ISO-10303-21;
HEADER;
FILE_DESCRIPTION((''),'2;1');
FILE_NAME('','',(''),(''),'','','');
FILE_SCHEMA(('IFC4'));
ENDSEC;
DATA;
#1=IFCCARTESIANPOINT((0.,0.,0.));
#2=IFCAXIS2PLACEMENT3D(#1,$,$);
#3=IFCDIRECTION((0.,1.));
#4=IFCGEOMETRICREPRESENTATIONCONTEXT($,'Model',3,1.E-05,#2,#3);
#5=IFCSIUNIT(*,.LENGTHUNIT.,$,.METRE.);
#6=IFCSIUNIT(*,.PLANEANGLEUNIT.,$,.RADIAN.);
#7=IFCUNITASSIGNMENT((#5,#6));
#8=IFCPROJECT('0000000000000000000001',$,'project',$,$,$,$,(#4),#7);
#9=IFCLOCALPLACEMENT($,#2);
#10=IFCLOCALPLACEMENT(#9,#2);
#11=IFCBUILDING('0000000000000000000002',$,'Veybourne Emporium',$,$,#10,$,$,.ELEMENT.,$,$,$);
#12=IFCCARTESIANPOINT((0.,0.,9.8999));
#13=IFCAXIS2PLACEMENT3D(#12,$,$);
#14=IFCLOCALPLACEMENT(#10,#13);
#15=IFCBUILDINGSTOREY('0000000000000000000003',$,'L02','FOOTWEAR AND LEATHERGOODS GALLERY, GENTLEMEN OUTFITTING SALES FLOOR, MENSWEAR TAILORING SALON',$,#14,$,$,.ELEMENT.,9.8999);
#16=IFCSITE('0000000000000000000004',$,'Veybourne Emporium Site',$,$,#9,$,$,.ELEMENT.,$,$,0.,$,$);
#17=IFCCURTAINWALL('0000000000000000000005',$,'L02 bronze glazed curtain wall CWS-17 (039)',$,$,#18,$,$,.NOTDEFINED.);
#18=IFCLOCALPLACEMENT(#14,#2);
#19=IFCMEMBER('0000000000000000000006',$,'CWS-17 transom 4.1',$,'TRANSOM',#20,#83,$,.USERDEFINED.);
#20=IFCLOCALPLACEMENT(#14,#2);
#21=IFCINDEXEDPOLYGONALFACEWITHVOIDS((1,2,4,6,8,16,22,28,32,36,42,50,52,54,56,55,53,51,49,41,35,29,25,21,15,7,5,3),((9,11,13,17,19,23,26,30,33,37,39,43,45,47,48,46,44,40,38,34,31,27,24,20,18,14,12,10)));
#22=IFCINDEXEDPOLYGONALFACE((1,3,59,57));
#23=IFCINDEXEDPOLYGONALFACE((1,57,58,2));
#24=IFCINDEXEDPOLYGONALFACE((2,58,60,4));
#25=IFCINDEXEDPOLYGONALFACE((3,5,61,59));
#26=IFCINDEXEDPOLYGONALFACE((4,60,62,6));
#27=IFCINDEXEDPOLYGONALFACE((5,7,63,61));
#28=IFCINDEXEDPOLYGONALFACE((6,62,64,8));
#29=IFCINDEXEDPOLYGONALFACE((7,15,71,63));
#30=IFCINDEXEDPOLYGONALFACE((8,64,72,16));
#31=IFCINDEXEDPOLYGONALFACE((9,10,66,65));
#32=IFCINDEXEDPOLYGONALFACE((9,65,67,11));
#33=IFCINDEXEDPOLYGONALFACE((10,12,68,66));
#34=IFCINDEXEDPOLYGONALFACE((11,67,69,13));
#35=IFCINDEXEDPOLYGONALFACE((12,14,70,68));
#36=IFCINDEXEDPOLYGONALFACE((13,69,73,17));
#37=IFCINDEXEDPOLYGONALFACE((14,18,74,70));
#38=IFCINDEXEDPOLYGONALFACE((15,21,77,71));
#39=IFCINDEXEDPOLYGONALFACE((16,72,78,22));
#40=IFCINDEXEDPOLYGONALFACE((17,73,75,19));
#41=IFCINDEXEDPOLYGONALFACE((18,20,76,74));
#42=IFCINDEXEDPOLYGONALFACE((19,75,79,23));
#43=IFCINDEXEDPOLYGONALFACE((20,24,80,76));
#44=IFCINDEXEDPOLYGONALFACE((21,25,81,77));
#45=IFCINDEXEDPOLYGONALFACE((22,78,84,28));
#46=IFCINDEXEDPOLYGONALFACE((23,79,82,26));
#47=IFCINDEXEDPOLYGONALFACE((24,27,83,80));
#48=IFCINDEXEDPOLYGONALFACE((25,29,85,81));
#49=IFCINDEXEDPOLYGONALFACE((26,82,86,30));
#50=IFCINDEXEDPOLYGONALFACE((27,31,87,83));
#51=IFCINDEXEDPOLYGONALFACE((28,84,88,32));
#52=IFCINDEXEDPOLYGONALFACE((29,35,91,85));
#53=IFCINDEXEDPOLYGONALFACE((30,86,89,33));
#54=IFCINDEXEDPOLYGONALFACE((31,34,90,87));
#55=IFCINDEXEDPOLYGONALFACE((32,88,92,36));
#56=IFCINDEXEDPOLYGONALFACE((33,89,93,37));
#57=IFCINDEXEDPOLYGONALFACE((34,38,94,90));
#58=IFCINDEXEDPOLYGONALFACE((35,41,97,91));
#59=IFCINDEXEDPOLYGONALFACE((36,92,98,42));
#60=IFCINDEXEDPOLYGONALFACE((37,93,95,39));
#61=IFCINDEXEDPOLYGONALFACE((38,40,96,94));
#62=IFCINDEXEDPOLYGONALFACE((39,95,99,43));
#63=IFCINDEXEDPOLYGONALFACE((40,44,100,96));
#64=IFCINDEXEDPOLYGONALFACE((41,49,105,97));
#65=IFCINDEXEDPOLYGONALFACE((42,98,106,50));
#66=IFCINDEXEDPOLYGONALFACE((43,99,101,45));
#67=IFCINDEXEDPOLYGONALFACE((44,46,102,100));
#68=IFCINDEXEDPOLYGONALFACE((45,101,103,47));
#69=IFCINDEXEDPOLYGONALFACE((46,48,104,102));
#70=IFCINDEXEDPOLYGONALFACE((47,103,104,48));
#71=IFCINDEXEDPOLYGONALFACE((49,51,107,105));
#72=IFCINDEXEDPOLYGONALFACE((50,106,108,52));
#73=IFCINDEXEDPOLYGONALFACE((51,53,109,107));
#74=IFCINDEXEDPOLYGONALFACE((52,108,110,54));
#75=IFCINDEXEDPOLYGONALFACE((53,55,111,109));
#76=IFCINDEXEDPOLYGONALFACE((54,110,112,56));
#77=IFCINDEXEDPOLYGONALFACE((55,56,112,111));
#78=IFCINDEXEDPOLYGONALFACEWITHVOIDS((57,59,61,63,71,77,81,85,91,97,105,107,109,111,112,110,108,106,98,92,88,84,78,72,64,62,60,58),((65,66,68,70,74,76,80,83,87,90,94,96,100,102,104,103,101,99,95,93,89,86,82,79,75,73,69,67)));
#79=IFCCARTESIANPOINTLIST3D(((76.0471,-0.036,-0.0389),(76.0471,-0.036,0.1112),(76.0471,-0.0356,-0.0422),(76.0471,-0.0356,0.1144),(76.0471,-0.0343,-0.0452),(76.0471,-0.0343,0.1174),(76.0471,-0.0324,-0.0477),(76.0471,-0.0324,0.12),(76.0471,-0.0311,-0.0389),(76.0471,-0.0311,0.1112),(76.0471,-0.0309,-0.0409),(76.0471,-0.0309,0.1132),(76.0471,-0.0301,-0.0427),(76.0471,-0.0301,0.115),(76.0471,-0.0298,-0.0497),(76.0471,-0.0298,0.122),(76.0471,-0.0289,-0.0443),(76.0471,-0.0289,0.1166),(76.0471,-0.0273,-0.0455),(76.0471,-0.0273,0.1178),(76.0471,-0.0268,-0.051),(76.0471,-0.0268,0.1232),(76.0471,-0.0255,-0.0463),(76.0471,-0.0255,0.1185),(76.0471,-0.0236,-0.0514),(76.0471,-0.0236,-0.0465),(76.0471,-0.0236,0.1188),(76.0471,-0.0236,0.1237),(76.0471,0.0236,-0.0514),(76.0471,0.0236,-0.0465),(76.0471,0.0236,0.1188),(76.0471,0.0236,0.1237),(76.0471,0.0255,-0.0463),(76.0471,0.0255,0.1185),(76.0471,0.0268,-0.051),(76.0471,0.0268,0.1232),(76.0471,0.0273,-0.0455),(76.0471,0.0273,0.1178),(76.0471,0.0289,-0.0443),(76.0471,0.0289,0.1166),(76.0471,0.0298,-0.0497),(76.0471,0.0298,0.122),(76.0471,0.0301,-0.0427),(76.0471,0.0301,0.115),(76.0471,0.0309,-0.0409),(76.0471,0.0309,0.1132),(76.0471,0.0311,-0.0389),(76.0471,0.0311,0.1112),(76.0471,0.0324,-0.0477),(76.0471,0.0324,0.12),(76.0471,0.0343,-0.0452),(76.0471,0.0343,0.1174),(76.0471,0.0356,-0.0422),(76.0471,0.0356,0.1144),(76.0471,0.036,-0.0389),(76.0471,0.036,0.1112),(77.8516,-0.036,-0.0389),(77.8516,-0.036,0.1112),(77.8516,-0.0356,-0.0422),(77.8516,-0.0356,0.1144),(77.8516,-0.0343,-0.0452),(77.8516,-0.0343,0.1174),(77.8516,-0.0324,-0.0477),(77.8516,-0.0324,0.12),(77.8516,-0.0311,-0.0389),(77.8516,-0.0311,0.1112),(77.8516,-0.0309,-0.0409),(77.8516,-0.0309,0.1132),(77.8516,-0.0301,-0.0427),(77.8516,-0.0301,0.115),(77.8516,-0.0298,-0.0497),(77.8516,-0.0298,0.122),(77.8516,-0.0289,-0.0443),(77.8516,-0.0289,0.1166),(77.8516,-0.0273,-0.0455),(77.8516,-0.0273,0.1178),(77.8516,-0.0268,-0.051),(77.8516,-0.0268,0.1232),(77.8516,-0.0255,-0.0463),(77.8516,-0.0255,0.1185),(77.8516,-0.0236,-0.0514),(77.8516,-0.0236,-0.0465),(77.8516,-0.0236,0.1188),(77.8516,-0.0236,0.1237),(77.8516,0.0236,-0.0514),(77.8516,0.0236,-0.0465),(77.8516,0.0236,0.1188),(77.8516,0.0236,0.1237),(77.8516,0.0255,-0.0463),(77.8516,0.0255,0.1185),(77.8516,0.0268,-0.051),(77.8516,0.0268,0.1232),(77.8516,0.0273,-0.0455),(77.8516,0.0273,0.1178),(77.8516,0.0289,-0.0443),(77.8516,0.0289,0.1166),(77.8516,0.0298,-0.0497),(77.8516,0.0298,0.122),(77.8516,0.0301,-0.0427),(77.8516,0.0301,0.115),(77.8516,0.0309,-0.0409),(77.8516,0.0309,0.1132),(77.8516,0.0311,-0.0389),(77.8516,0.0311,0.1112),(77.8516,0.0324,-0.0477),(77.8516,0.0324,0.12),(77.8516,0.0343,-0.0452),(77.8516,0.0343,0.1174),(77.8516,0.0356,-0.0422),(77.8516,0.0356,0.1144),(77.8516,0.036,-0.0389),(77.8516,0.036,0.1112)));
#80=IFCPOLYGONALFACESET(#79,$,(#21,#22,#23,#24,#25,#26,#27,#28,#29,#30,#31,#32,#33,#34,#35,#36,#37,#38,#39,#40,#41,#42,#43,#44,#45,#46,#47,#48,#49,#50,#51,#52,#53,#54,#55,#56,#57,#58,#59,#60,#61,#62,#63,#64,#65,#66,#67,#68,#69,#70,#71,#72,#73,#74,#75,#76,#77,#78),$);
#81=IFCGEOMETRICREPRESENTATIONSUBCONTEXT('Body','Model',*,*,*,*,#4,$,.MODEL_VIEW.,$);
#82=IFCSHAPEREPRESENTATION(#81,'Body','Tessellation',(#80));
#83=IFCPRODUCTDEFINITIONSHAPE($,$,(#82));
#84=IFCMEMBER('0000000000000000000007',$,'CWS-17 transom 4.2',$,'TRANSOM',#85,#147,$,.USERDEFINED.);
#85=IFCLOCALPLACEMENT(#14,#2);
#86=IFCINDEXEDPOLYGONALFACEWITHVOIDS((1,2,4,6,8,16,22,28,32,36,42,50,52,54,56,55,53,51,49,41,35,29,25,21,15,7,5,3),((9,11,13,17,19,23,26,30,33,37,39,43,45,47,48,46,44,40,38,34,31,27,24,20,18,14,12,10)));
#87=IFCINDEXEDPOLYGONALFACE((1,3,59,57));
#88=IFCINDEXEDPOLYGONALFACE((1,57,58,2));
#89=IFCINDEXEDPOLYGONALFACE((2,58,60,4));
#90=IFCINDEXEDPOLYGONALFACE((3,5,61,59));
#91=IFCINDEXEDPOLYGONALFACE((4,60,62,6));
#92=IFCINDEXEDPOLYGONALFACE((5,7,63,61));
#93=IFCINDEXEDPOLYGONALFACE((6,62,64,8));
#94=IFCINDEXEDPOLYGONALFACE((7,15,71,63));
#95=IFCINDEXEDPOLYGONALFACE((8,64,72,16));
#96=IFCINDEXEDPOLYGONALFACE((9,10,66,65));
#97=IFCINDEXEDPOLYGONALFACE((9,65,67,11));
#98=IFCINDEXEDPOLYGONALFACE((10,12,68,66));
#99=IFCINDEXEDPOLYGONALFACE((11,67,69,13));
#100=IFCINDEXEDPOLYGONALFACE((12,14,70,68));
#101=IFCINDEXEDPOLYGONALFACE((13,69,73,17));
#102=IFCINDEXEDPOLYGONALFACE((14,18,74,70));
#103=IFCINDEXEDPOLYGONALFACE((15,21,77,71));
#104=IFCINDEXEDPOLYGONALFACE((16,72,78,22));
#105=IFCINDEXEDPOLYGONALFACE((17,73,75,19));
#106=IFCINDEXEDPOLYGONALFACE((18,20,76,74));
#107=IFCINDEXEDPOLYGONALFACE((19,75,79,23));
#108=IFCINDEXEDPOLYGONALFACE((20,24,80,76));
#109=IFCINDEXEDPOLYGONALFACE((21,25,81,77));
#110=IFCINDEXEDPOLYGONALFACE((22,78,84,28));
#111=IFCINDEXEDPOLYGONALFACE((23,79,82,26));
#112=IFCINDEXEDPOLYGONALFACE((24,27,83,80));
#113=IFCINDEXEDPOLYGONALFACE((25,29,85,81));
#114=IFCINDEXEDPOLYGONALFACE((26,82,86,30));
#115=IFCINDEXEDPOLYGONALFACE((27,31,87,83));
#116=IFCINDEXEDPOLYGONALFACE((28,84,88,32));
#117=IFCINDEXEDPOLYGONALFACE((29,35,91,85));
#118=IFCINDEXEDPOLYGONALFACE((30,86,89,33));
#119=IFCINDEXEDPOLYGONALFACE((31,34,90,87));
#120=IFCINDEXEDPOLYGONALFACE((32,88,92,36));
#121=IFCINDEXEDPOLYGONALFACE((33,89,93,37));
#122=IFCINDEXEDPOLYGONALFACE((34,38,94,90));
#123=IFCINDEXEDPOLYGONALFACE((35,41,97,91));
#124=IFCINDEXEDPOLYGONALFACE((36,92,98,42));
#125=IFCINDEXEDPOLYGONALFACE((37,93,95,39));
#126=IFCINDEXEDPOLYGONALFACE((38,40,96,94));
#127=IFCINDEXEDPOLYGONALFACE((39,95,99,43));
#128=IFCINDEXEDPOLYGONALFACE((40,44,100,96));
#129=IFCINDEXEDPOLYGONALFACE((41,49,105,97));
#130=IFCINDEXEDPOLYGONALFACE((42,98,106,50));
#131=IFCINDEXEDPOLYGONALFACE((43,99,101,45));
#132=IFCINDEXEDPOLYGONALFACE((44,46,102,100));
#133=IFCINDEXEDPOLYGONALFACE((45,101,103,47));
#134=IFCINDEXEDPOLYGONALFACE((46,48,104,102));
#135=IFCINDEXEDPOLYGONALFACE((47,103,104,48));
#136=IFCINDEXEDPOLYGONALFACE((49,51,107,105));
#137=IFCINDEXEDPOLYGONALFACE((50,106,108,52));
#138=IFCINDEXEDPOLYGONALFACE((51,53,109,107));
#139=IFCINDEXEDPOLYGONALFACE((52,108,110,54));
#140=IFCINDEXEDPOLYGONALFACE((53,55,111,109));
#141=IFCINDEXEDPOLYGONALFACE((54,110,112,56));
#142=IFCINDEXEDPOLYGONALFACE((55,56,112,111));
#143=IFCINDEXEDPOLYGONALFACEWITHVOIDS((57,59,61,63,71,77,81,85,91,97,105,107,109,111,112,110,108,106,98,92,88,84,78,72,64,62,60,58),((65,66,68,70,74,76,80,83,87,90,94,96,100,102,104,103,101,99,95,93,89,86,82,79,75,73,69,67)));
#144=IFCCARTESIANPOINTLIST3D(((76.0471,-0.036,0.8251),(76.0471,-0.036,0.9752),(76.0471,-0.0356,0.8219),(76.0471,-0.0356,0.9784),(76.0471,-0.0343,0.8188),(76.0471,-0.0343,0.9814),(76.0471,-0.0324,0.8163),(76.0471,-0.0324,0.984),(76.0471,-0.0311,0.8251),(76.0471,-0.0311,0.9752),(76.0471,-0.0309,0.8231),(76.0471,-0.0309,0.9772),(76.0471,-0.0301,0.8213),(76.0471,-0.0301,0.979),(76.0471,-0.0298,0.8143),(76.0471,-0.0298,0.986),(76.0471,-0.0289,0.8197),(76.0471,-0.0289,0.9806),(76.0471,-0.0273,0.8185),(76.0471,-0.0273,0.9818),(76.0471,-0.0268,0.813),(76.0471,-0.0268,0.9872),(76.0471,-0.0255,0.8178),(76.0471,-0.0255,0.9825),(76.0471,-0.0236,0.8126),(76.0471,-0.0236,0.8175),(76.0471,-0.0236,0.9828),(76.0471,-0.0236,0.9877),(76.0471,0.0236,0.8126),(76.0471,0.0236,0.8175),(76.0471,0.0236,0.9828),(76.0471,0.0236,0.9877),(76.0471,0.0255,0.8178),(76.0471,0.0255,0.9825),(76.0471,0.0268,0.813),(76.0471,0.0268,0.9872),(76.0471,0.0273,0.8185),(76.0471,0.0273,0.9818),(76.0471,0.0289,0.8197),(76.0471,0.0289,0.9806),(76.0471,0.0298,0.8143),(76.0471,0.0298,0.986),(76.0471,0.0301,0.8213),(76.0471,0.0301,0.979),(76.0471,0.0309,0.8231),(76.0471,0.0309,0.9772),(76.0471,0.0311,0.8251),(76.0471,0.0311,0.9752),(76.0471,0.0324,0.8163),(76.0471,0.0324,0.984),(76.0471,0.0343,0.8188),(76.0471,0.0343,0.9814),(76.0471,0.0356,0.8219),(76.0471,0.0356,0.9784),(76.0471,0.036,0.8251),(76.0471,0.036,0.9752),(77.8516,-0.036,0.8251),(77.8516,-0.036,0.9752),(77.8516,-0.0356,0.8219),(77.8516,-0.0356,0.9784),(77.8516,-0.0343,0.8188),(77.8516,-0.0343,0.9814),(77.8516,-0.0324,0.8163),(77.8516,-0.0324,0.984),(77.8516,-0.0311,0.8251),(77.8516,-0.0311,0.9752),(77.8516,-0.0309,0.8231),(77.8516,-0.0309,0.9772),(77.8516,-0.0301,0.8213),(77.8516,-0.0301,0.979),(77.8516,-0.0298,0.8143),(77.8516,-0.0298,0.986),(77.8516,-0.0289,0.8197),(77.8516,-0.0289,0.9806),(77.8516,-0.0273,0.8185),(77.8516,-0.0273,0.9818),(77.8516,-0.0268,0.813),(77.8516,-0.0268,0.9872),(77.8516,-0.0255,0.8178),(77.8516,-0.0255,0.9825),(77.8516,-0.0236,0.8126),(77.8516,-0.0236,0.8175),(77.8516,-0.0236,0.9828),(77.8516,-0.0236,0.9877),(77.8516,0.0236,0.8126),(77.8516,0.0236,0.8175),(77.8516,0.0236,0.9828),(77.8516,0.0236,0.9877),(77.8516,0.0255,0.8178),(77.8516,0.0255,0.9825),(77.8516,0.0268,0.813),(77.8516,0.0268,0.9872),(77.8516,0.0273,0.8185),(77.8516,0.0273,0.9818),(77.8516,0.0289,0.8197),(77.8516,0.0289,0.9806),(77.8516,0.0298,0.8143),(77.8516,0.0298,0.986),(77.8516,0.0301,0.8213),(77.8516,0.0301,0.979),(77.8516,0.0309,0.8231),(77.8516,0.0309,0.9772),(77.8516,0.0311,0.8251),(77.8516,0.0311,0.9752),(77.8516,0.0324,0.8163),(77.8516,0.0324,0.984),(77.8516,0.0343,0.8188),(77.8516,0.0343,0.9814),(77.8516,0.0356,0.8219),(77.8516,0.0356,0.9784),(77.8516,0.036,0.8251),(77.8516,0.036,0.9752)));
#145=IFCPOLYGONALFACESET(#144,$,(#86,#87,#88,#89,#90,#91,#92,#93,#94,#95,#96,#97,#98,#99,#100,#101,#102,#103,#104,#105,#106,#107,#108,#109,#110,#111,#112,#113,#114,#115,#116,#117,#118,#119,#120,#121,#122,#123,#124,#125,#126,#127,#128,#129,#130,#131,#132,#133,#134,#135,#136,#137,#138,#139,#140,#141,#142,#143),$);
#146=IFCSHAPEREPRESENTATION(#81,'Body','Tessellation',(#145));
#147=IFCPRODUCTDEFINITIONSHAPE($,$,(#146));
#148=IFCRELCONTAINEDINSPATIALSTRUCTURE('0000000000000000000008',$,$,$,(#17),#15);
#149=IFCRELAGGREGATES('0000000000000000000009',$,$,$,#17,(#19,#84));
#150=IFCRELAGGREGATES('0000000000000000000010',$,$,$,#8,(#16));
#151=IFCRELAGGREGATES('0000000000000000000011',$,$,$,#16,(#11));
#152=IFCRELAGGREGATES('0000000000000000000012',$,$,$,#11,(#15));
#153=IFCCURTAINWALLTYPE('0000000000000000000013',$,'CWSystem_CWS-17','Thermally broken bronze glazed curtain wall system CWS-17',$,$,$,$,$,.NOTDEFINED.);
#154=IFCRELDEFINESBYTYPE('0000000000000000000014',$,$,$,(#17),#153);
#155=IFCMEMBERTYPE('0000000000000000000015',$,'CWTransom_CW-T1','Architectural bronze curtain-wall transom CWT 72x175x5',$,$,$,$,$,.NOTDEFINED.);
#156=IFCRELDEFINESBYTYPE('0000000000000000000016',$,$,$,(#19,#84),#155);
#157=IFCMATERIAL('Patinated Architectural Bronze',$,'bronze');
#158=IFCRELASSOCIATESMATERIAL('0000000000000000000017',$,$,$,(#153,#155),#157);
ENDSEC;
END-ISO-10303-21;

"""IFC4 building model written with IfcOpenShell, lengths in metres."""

from ifc_helpers import new_model, si_unit, direction, frame, origin, origin_2d, place, context, subcontext, project, spatial, hollow_rectangle, extrude, material, material_profile, profile_set, type_object, element, aggregate, save


model = new_model("IFC4")

# Units and contexts
model_context = context("Model", 3, precision=1e-05, world=origin(), true_north=direction((0.0, 1.0)))
body_context = subcontext(model_context, "Body", "Model", "MODEL_VIEW")
ifc_project = project(units=[si_unit("LENGTHUNIT", "METRE"), si_unit("PLANEANGLEUNIT", "RADIAN")], contexts=[model_context])

# Site, building, storey
site_placement = place(None, origin())
site = spatial("IfcSite", under=ifc_project, at=site_placement, Name="Veybourne Emporium Site", CompositionType="ELEMENT", RefElevation=0.0)
building_placement = place(site_placement, origin())
building = spatial("IfcBuilding", under=site, at=building_placement, Name="Veybourne Emporium", CompositionType="ELEMENT")
storey_placement = place(building_placement, frame((0.0, 0.0, 9.8999)))
storey = spatial("IfcBuildingStorey", under=building, at=storey_placement, Name="L02", Description="FOOTWEAR AND LEATHERGOODS GALLERY, GENTLEMEN OUTFITTING SALES FLOOR, MENSWEAR TAILORING SALON", CompositionType="ELEMENT", Elevation=9.8999)

# Curtain wall, members
ifc_material_1 = material(Name="Patinated Architectural Bronze", Category="bronze")
curtain_wall_type = type_object("IfcCurtainWallType", Name="CWSystem_CWS-17", Description="Thermally broken bronze glazed curtain wall system CWS-17", PredefinedType="NOTDEFINED", material=ifc_material_1)
curtain_wall_placement = place(storey_placement, origin())
curtain_wall = element("IfcCurtainWall", 1, at=curtain_wall_placement, inside=storey, type_object=curtain_wall_type, Name="L02 bronze glazed curtain wall CWS-17 (039)", PredefinedType="NOTDEFINED")
ifc_material_profile_1 = material_profile(ifc_material_1, hollow_rectangle(XDim=0.072, YDim=0.175, WallThickness=0.0049, InnerFilletRadius=0.0076, OuterFilletRadius=0.0125, at=origin_2d()), Name="CWT 72x175x5")
ifc_profile_set_1 = profile_set([ifc_material_profile_1], Name="Patinated Architectural Bronze")
member_type_1 = type_object("IfcMemberType", Name="CWTransom_CW-T1", Description="Architectural bronze curtain-wall transom CWT 72x175x5", PredefinedType="NOTDEFINED", material=ifc_profile_set_1)
member_1_placement = place(storey_placement, frame((77.8516, 0.0, 0.0361), z_axis=(-1.0, 0.0, 0.0), x_axis=(0.0, -1.0, 0.0)))
member_1 = element("IfcMember", 2, at=member_1_placement, type_object=member_type_1, Name="CWS-17 transom 4.1", ObjectType="TRANSOM", PredefinedType="USERDEFINED", context=body_context, shape_type="SweptSolid", body=[
    extrude(hollow_rectangle(XDim=0.072, YDim=0.175, WallThickness=0.0049, InnerFilletRadius=0.0076, OuterFilletRadius=0.0125, at=origin_2d()), origin(), (0.0, 0.0, 1.0), 1.8044),
])
member_2_placement = place(storey_placement, frame((77.8516, 0.0, 0.9001), z_axis=(-1.0, 0.0, 0.0), x_axis=(0.0, -1.0, 0.0)))
member_2 = element("IfcMember", 3, at=member_2_placement, type_object=member_type_1, Name="CWS-17 transom 4.2", ObjectType="TRANSOM", PredefinedType="USERDEFINED", context=body_context, shape_type="SweptSolid", body=[
    extrude(hollow_rectangle(XDim=0.072, YDim=0.175, WallThickness=0.0049, InnerFilletRadius=0.0076, OuterFilletRadius=0.0125, at=origin_2d()), origin(), (0.0, 0.0, 1.0), 1.8044),
])

aggregate(curtain_wall, [member_1, member_2])

save(model, "model.ifc")
